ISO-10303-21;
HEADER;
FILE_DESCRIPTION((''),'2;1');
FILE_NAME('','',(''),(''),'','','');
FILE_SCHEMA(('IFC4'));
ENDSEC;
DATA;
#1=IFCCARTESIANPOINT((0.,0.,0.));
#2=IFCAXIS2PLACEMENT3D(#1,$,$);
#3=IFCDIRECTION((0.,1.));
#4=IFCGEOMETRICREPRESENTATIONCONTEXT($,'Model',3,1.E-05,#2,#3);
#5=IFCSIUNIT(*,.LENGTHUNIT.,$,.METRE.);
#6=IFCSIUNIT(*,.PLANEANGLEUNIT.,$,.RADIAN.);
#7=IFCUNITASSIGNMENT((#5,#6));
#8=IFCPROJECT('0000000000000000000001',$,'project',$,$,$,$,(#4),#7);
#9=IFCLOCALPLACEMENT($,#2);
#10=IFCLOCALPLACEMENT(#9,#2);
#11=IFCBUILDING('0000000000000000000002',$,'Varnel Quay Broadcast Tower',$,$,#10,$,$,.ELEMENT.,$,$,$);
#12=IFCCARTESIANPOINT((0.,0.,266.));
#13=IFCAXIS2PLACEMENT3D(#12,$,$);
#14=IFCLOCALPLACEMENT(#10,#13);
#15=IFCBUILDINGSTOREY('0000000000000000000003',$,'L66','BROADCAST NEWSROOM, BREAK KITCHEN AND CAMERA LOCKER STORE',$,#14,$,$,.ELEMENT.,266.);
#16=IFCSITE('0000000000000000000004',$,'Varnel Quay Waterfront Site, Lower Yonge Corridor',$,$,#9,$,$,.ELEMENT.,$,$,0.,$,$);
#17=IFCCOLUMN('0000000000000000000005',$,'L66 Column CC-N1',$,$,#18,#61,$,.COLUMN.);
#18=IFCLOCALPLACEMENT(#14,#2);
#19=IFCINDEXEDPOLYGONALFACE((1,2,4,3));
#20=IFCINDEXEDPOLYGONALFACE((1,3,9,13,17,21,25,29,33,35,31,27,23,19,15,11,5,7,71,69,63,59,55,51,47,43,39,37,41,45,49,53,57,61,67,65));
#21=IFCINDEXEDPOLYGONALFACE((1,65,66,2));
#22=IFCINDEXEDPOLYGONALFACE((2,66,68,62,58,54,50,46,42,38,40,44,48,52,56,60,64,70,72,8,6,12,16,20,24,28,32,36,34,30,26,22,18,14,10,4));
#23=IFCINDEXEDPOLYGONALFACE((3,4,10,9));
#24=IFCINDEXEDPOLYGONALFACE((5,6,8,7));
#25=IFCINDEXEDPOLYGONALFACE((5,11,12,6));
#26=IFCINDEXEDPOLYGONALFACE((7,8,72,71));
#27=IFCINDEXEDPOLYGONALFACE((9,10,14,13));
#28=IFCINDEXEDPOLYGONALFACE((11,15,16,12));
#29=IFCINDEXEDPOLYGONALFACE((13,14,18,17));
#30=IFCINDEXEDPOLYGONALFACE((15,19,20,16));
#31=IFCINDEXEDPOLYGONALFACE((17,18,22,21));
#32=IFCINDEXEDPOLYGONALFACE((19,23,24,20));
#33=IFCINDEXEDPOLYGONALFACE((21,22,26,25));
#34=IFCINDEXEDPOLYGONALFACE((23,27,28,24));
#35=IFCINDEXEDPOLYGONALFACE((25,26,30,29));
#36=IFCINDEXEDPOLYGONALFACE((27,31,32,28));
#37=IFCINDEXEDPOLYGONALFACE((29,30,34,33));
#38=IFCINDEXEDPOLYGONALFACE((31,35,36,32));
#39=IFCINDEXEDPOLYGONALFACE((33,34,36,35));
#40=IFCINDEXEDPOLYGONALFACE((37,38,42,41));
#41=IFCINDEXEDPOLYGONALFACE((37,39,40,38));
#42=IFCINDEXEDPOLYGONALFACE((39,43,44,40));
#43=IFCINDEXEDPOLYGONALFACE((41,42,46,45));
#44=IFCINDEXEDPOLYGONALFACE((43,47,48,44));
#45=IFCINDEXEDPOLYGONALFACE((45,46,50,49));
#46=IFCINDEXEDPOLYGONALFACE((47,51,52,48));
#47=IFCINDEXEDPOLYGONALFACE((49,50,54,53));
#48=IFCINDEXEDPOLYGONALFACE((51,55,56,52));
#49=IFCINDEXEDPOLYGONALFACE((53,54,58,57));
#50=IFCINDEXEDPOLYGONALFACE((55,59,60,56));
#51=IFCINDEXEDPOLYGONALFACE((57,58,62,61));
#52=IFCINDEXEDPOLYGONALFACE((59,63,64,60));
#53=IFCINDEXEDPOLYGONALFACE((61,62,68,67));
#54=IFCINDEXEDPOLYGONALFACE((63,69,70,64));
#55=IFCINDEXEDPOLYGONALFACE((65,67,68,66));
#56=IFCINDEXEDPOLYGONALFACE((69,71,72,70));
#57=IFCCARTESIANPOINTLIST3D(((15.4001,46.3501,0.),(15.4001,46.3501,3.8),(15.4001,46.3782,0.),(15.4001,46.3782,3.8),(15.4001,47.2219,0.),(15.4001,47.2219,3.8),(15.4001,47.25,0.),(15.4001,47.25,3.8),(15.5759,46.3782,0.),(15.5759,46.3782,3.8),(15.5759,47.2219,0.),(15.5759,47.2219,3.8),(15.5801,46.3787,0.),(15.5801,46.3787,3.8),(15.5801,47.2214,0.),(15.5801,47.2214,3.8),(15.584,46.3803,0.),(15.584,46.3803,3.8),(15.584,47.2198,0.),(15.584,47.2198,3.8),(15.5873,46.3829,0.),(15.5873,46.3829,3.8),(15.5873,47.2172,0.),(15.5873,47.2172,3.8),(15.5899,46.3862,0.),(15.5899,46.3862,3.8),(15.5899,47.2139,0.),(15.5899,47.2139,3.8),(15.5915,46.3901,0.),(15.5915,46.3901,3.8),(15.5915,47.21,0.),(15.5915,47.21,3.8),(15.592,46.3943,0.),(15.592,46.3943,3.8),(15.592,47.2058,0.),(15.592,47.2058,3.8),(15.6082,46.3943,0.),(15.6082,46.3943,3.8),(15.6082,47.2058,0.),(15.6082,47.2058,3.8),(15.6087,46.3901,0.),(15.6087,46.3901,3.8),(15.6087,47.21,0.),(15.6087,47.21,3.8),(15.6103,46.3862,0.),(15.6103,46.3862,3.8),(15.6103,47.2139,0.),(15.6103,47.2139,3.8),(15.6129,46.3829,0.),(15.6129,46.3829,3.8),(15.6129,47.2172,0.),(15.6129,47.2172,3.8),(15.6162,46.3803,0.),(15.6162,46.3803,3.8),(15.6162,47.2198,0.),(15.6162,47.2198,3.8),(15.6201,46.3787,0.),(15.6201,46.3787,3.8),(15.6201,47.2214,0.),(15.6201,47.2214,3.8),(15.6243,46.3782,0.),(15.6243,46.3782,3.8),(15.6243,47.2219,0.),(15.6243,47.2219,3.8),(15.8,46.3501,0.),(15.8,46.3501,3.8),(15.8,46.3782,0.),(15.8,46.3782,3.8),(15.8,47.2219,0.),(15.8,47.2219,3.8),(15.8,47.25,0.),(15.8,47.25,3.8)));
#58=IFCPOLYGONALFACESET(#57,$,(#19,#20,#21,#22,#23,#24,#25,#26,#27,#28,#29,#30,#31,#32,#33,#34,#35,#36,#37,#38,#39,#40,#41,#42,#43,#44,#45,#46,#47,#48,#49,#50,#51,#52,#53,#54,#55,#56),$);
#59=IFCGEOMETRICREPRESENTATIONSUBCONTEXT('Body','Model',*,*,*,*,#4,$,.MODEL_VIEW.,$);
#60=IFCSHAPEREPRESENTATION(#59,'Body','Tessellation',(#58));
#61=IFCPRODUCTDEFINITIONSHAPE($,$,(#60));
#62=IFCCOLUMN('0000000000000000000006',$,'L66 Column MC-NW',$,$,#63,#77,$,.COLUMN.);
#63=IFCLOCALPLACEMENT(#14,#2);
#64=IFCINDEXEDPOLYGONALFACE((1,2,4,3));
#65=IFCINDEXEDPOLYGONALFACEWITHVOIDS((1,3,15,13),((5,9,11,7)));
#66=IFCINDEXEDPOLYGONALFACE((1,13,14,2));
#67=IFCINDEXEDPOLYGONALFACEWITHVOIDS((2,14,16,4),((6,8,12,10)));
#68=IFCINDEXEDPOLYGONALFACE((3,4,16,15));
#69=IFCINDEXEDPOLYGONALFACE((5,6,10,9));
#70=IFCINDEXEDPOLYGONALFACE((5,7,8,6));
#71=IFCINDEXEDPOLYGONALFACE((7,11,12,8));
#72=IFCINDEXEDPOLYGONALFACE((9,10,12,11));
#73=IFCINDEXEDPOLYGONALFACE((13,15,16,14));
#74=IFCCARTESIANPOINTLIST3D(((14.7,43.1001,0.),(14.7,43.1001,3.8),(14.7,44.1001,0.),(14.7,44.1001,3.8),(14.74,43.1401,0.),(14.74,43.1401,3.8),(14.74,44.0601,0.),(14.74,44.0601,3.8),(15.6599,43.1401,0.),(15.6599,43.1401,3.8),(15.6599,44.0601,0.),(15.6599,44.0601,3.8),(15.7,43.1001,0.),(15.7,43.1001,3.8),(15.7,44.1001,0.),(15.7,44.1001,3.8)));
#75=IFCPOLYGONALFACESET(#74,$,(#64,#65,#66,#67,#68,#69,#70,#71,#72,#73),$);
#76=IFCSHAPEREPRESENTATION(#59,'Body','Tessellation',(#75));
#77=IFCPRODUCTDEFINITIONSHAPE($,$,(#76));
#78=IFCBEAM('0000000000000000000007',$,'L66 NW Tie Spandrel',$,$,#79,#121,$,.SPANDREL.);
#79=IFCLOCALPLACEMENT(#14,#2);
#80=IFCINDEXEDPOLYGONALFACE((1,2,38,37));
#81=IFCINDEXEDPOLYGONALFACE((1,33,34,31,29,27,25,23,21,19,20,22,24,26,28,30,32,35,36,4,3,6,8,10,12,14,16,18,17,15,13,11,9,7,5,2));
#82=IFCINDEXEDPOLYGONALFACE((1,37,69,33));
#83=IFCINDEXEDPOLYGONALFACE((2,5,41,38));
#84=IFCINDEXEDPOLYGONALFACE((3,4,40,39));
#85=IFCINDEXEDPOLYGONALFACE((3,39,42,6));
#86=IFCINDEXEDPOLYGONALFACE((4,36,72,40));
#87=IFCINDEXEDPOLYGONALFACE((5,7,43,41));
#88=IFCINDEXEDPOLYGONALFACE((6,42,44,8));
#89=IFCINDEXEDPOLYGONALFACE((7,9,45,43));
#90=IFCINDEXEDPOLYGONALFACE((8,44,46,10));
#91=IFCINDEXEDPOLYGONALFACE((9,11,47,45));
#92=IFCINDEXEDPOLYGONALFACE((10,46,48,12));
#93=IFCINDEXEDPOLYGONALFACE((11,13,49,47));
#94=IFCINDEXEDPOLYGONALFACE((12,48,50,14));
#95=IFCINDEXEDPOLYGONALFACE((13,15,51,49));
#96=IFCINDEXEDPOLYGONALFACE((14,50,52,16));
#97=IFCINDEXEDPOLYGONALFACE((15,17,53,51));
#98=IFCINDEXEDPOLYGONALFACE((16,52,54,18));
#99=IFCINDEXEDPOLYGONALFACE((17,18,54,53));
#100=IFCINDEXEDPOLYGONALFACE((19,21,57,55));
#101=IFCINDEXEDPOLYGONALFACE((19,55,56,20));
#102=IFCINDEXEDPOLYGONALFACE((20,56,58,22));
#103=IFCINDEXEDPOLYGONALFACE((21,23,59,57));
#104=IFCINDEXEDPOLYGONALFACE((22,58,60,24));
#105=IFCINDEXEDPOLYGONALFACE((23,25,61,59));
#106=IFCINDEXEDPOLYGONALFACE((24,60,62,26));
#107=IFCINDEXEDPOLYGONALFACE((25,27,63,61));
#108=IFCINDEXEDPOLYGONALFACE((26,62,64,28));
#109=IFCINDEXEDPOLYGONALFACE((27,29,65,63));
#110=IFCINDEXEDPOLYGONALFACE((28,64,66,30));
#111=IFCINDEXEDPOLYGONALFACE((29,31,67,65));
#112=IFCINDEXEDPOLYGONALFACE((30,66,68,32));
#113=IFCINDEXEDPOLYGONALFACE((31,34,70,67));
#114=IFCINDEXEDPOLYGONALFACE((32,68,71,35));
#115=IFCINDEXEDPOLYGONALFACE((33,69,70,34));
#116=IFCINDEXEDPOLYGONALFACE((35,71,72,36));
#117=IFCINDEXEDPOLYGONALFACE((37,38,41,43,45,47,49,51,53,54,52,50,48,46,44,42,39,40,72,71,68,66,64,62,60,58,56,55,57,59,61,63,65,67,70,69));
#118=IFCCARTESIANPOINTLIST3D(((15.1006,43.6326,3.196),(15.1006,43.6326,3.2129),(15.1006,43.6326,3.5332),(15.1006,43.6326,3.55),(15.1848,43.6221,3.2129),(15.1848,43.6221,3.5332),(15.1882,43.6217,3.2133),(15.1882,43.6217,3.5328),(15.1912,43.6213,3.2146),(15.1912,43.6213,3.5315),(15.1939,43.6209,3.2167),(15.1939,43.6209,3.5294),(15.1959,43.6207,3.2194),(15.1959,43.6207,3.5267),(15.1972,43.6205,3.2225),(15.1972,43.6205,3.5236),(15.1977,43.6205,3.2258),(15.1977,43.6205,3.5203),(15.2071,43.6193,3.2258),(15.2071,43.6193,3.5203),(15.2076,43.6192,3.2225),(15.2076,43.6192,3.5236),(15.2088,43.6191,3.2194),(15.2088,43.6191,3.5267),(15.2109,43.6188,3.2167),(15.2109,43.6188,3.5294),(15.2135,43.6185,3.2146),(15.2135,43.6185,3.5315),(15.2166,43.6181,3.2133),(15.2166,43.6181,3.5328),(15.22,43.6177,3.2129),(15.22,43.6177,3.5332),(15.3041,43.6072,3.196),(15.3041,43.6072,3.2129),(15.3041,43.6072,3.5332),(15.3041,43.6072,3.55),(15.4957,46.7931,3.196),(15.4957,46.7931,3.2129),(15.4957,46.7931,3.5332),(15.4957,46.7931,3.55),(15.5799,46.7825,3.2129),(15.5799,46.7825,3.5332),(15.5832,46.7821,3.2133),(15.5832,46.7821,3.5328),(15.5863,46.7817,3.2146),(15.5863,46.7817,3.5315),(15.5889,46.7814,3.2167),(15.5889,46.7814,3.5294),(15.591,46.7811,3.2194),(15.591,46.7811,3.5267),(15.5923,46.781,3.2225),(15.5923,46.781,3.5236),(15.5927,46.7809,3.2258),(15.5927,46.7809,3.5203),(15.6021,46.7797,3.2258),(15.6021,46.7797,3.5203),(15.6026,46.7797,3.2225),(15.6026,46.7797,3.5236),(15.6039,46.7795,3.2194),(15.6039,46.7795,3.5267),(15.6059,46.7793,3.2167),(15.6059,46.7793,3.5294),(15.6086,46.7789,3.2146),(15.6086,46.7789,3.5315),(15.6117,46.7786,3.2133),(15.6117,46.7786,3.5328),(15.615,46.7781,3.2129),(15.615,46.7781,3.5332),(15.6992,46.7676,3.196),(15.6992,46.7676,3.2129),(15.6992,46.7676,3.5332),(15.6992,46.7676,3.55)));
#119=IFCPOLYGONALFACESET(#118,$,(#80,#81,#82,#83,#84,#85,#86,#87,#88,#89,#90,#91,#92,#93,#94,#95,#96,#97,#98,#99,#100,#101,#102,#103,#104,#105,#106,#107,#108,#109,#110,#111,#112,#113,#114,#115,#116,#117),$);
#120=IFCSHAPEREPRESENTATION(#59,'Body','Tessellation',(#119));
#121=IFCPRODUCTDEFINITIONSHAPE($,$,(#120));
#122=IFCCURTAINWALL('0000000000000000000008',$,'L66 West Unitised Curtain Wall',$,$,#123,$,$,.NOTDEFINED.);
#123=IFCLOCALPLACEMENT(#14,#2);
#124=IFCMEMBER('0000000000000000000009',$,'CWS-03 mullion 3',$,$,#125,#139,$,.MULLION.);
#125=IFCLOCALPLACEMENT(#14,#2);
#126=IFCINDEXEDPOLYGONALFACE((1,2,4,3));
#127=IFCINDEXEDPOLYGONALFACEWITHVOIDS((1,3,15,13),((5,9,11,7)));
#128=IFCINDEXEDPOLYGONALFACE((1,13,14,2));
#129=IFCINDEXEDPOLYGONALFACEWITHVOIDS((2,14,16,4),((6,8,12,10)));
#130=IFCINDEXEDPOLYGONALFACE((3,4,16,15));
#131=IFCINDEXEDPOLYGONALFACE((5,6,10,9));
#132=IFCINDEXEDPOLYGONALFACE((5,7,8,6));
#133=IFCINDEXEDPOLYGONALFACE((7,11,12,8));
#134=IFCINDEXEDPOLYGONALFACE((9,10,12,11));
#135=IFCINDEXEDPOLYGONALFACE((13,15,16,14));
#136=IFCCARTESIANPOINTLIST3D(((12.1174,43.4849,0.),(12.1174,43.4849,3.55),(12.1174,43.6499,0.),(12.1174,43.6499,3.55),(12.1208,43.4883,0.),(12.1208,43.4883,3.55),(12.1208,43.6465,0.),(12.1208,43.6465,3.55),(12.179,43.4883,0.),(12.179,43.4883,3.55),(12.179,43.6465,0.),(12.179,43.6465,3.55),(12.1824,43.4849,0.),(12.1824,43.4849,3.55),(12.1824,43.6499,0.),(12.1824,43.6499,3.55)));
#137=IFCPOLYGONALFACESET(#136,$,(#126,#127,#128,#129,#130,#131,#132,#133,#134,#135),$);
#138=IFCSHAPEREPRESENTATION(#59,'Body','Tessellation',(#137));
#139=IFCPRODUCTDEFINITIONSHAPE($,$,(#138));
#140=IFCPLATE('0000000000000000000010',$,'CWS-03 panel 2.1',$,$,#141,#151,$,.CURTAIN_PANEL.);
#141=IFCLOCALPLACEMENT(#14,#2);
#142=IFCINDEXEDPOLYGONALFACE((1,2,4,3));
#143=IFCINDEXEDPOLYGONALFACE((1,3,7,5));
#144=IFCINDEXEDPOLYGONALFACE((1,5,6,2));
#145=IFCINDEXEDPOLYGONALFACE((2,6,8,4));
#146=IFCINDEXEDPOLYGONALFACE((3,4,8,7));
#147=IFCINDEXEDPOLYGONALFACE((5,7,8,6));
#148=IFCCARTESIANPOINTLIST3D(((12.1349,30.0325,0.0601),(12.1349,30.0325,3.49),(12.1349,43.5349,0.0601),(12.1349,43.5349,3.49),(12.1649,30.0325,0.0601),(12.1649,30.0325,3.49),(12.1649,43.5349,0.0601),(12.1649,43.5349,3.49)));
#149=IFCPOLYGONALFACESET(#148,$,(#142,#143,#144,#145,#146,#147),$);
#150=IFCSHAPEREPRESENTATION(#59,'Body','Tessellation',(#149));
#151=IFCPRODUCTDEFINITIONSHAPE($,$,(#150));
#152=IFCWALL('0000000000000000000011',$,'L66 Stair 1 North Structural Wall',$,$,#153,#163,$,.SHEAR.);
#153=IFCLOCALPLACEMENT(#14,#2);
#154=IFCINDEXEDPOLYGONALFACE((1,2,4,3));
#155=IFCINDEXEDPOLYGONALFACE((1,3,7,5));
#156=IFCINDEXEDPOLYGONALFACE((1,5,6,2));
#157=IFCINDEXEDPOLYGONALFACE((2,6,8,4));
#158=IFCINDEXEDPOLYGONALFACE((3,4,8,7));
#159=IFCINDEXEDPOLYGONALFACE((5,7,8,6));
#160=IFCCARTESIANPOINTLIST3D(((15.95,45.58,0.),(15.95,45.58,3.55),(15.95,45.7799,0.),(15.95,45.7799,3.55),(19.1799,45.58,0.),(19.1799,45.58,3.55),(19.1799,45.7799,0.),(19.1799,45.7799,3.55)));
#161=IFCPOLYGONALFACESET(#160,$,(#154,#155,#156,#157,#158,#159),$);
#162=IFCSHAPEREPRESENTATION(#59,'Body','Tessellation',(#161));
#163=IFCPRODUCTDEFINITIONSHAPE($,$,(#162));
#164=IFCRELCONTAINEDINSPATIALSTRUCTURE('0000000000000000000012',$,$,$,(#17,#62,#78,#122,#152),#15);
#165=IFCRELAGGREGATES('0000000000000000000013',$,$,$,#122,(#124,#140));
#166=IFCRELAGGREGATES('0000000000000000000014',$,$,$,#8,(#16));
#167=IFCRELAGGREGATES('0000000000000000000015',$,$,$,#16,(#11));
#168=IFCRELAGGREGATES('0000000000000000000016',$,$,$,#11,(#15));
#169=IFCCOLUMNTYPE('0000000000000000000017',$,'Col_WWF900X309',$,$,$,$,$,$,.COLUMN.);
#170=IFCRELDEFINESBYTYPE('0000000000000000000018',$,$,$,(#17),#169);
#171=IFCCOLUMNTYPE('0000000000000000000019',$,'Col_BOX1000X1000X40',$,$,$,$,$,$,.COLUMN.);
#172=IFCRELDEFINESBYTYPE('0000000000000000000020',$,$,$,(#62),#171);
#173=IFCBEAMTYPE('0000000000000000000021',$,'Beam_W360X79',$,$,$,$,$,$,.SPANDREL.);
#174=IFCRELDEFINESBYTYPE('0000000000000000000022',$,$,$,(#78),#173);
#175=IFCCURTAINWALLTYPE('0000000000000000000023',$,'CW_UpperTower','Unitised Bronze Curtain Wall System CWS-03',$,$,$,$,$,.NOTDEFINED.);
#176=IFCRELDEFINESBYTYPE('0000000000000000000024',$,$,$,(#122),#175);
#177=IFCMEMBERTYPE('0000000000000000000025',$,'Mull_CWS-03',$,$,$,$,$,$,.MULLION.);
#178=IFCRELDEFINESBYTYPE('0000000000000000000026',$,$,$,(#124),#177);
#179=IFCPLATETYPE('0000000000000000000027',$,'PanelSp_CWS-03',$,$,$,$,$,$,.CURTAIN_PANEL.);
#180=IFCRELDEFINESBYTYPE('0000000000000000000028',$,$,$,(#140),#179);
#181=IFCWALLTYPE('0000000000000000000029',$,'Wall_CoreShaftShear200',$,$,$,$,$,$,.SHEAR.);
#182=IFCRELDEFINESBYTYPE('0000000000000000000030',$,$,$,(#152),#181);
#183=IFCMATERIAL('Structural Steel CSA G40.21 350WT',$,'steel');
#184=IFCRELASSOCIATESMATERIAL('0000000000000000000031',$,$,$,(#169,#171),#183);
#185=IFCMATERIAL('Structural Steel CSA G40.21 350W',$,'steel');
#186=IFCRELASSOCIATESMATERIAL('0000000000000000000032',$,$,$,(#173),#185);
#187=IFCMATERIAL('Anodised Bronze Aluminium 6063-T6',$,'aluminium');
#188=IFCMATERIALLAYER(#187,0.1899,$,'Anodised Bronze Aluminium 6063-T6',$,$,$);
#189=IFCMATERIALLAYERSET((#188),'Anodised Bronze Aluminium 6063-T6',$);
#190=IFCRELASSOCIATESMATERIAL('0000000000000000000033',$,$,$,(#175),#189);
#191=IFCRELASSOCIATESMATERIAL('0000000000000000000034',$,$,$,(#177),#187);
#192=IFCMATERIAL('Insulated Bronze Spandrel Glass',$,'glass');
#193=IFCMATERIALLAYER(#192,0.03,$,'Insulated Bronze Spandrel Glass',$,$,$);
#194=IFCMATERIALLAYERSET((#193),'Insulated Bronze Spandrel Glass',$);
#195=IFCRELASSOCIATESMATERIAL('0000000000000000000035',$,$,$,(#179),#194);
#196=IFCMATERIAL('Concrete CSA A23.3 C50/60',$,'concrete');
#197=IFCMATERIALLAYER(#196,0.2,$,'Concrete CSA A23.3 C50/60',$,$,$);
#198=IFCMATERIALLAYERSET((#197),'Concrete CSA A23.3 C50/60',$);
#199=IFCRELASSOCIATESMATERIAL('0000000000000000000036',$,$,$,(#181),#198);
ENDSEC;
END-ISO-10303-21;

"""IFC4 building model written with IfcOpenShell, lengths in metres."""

from ifc_helpers import new_model, si_unit, direction, frame, frame_2d, origin, origin_2d, place, context, subcontext, project, spatial, rectangle, hollow_rectangle, i_section, extrude, source, transform, mapped, material, layer, layer_set, material_profile, profile_set, type_object, type_shapes, element, aggregate, save


model = new_model("IFC4")

# Units and contexts
model_context = context("Model", 3, precision=1e-05, world=origin(), true_north=direction((0.0, 1.0)))
body_context = subcontext(model_context, "Body", "Model", "MODEL_VIEW")
ifc_project = project(units=[si_unit("LENGTHUNIT", "METRE"), si_unit("PLANEANGLEUNIT", "RADIAN")], contexts=[model_context])

# Site, building, storey
site_placement = place(None, origin())
site = spatial("IfcSite", under=ifc_project, at=site_placement, Name="Varnel Quay Waterfront Site, Lower Yonge Corridor", CompositionType="ELEMENT", RefElevation=0.0)
building_placement = place(site_placement, origin())
building = spatial("IfcBuilding", under=site, at=building_placement, Name="Varnel Quay Broadcast Tower", CompositionType="ELEMENT")
storey_placement = place(building_placement, frame((0.0, 0.0, 266.0)))
storey = spatial("IfcBuildingStorey", under=building, at=storey_placement, Name="L66", Description="BROADCAST NEWSROOM, BREAK KITCHEN AND CAMERA LOCKER STORE", CompositionType="ELEMENT", Elevation=266.0)

# Columns
ifc_material_1 = material(Name="Structural Steel CSA G40.21 350WT", Category="steel")
ifc_material_profile_1 = material_profile(ifc_material_1, i_section(OverallWidth=0.3999, OverallDepth=0.8999, WebThickness=0.0161, FlangeThickness=0.0281, FilletRadius=0.0161, at=origin_2d()), Name="WWF900X309")
ifc_profile_set_1 = profile_set([ifc_material_profile_1], Name="Structural Steel CSA G40.21 350WT")
column_type_1 = type_object("IfcColumnType", Name="Col_WWF900X309", PredefinedType="COLUMN", material=ifc_profile_set_1)
shared_shape_1 = source(origin(), body_context, "Body", "SweptSolid", [
    extrude(i_section(OverallWidth=0.3999, OverallDepth=0.8999, WebThickness=0.0161, FlangeThickness=0.0281, FilletRadius=0.0161, at=origin_2d()), origin(), (0.0, 0.0, 1.0), 3.8),
])
type_shapes(column_type_1, [shared_shape_1])
column_1_placement = place(storey_placement, frame((15.6001, 46.8, 0.0), z_axis=(0.0, 0.0, 1.0), x_axis=(1.0, 0.0, 0.0)))
element("IfcColumn", 1, at=column_1_placement, inside=storey, type_object=column_type_1, Name="L66 Column CC-N1", PredefinedType="COLUMN", context=body_context, shape_type="MappedRepresentation", body=[
    mapped(shared_shape_1, transform((0.0, 0.0, 0.0), x_axis=(1.0, 0.0, 0.0), y_axis=(0.0, 1.0, 0.0), z_axis=(0.0, 0.0, 1.0), scale=1.0)),
])
ifc_material_profile_2 = material_profile(ifc_material_1, hollow_rectangle(XDim=1.0, YDim=1.0, WallThickness=0.04, at=origin_2d()), Name="BOX1000X1000X40")
ifc_profile_set_2 = profile_set([ifc_material_profile_2], Name="Structural Steel CSA G40.21 350WT")
column_type_2 = type_object("IfcColumnType", Name="Col_BOX1000X1000X40", PredefinedType="COLUMN", material=ifc_profile_set_2)
shared_shape_2 = source(origin(), body_context, "Body", "SweptSolid", [
    extrude(hollow_rectangle(XDim=1.0, YDim=1.0, WallThickness=0.04, at=origin_2d()), origin(), (0.0, 0.0, 1.0), 3.8),
])
type_shapes(column_type_2, [shared_shape_2])
column_2_placement = place(storey_placement, frame((15.2, 43.6001, 0.0), z_axis=(0.0, 0.0, 1.0), x_axis=(1.0, 0.0, 0.0)))
element("IfcColumn", 2, at=column_2_placement, inside=storey, type_object=column_type_2, Name="L66 Column MC-NW", PredefinedType="COLUMN", context=body_context, shape_type="MappedRepresentation", body=[
    mapped(shared_shape_2, transform((0.0, 0.0, 0.0), x_axis=(1.0, 0.0, 0.0), y_axis=(0.0, 1.0, 0.0), z_axis=(0.0, 0.0, 1.0), scale=1.0)),
])

# Beam
ifc_material_2 = material(Name="Structural Steel CSA G40.21 350W", Category="steel")
ifc_material_profile_3 = material_profile(ifc_material_2, i_section(OverallWidth=0.2051, OverallDepth=0.354, WebThickness=0.0095, FlangeThickness=0.0168, FilletRadius=0.0129, at=origin_2d()), Name="W360X79")
ifc_profile_set_3 = profile_set([ifc_material_profile_3], Name="Structural Steel CSA G40.21 350W")
beam_type = type_object("IfcBeamType", Name="Beam_W360X79", PredefinedType="SPANDREL", material=ifc_profile_set_3)
shared_shape_3 = source(origin(), body_context, "Body", "SweptSolid", [
    extrude(i_section(OverallWidth=0.2051, OverallDepth=0.354, WebThickness=0.0095, FlangeThickness=0.0168, FilletRadius=0.0129, at=origin_2d()), origin(), (0.0, 0.0, 1.0), 3.1851),
])
type_shapes(beam_type, [shared_shape_3])
beam_placement = place(storey_placement, frame((15.2024, 43.6199, 3.373), z_axis=(0.124025, 0.992279, 0.0), x_axis=(-0.992279, 0.124025, 0.0)))
element("IfcBeam", 3, at=beam_placement, inside=storey, type_object=beam_type, Name="L66 NW Tie Spandrel", PredefinedType="SPANDREL", context=body_context, shape_type="MappedRepresentation", body=[
    mapped(shared_shape_3, transform((0.0, 0.0, 0.0), x_axis=(1.0, 0.0, 0.0), y_axis=(0.0, 1.0, 0.0), z_axis=(0.0, 0.0, 1.0), scale=1.0)),
])

# Curtain wall, member, plate
ifc_material_3 = material(Name="Anodised Bronze Aluminium 6063-T6", Category="aluminium")
ifc_layer_1 = layer(ifc_material_3, 0.1899, Name="Anodised Bronze Aluminium 6063-T6")
ifc_layer_set_1 = layer_set([ifc_layer_1], Name="Anodised Bronze Aluminium 6063-T6")
curtain_wall_type = type_object("IfcCurtainWallType", Name="CW_UpperTower", Description="Unitised Bronze Curtain Wall System CWS-03", PredefinedType="NOTDEFINED", material=ifc_layer_set_1)
curtain_wall_placement = place(storey_placement, origin())
curtain_wall = element("IfcCurtainWall", 4, at=curtain_wall_placement, inside=storey, type_object=curtain_wall_type, Name="L66 West Unitised Curtain Wall", PredefinedType="NOTDEFINED")
ifc_material_profile_4 = material_profile(ifc_material_3, hollow_rectangle(XDim=0.0649, YDim=0.165, WallThickness=0.0034, at=origin_2d()), Name="ALU65X165X3.5")
ifc_profile_set_4 = profile_set([ifc_material_profile_4], Name="Anodised Bronze Aluminium 6063-T6")
member_type = type_object("IfcMemberType", Name="Mull_CWS-03", PredefinedType="MULLION", material=ifc_profile_set_4)
shared_shape_4 = source(origin(), body_context, "Body", "SweptSolid", [
    extrude(hollow_rectangle(XDim=0.0649, YDim=0.165, WallThickness=0.0034, at=origin_2d()), origin(), (0.0, 0.0, 1.0), 3.55),
])
type_shapes(member_type, [shared_shape_4])
member_placement = place(storey_placement, frame((12.1499, 43.5674, 0.0), z_axis=(0.0, 0.0, 1.0), x_axis=(-1.0, 0.0, 0.0)))
member = element("IfcMember", 5, at=member_placement, type_object=member_type, Name="CWS-03 mullion 3", PredefinedType="MULLION", context=body_context, shape_type="MappedRepresentation", body=[
    mapped(shared_shape_4, transform((0.0, 0.0, 0.0), x_axis=(1.0, 0.0, 0.0), y_axis=(0.0, 1.0, 0.0), z_axis=(0.0, 0.0, 1.0), scale=1.0)),
])
ifc_material_4 = material(Name="Insulated Bronze Spandrel Glass", Category="glass")
ifc_layer_2 = layer(ifc_material_4, 0.03, Name="Insulated Bronze Spandrel Glass")
ifc_layer_set_2 = layer_set([ifc_layer_2], Name="Insulated Bronze Spandrel Glass")
plate_type = type_object("IfcPlateType", Name="PanelSp_CWS-03", PredefinedType="CURTAIN_PANEL", material=ifc_layer_set_2)
shared_shape_5 = source(origin(), body_context, "Body", "SweptSolid", [
    extrude(rectangle(XDim=13.5024, YDim=0.03, at=origin_2d()), origin(), (0.0, 0.0, 1.0), 3.4299),
])
type_shapes(plate_type, [shared_shape_5])
plate_placement = place(storey_placement, frame((12.1499, 36.7837, 0.0601), z_axis=(0.0, 0.0, 1.0), x_axis=(0.0, 1.0, 0.0)))
plate = element("IfcPlate", 6, at=plate_placement, type_object=plate_type, Name="CWS-03 panel 2.1", PredefinedType="CURTAIN_PANEL", context=body_context, shape_type="MappedRepresentation", body=[
    mapped(shared_shape_5, transform((0.0, 0.0, 0.0), x_axis=(1.0, 0.0, 0.0), y_axis=(0.0, 1.0, 0.0), z_axis=(0.0, 0.0, 1.0), scale=1.0)),
])
aggregate(curtain_wall, [member, plate])

# Wall
ifc_material_5 = material(Name="Concrete CSA A23.3 C50/60", Category="concrete")
ifc_layer_3 = layer(ifc_material_5, 0.2, Name="Concrete CSA A23.3 C50/60")
ifc_layer_set_3 = layer_set([ifc_layer_3], Name="Concrete CSA A23.3 C50/60")
wall_type_1 = type_object("IfcWallType", Name="Wall_CoreShaftShear200", PredefinedType="SHEAR", material=ifc_layer_set_3)
wall_1_placement = place(storey_placement, frame((15.95, 45.6799, 0.0), z_axis=(0.0, 0.0, 1.0), x_axis=(1.0, 0.0, 0.0)))
element("IfcWall", 7, at=wall_1_placement, inside=storey, type_object=wall_type_1, Name="L66 Stair 1 North Structural Wall", PredefinedType="SHEAR", context=body_context, shape_type="SweptSolid", body=[
    extrude(rectangle(XDim=3.23, YDim=0.2, at=frame_2d((1.615, 0.0))), origin(), (0.0, 0.0, 1.0), 3.55),
])

save(model, "model.ifc")
